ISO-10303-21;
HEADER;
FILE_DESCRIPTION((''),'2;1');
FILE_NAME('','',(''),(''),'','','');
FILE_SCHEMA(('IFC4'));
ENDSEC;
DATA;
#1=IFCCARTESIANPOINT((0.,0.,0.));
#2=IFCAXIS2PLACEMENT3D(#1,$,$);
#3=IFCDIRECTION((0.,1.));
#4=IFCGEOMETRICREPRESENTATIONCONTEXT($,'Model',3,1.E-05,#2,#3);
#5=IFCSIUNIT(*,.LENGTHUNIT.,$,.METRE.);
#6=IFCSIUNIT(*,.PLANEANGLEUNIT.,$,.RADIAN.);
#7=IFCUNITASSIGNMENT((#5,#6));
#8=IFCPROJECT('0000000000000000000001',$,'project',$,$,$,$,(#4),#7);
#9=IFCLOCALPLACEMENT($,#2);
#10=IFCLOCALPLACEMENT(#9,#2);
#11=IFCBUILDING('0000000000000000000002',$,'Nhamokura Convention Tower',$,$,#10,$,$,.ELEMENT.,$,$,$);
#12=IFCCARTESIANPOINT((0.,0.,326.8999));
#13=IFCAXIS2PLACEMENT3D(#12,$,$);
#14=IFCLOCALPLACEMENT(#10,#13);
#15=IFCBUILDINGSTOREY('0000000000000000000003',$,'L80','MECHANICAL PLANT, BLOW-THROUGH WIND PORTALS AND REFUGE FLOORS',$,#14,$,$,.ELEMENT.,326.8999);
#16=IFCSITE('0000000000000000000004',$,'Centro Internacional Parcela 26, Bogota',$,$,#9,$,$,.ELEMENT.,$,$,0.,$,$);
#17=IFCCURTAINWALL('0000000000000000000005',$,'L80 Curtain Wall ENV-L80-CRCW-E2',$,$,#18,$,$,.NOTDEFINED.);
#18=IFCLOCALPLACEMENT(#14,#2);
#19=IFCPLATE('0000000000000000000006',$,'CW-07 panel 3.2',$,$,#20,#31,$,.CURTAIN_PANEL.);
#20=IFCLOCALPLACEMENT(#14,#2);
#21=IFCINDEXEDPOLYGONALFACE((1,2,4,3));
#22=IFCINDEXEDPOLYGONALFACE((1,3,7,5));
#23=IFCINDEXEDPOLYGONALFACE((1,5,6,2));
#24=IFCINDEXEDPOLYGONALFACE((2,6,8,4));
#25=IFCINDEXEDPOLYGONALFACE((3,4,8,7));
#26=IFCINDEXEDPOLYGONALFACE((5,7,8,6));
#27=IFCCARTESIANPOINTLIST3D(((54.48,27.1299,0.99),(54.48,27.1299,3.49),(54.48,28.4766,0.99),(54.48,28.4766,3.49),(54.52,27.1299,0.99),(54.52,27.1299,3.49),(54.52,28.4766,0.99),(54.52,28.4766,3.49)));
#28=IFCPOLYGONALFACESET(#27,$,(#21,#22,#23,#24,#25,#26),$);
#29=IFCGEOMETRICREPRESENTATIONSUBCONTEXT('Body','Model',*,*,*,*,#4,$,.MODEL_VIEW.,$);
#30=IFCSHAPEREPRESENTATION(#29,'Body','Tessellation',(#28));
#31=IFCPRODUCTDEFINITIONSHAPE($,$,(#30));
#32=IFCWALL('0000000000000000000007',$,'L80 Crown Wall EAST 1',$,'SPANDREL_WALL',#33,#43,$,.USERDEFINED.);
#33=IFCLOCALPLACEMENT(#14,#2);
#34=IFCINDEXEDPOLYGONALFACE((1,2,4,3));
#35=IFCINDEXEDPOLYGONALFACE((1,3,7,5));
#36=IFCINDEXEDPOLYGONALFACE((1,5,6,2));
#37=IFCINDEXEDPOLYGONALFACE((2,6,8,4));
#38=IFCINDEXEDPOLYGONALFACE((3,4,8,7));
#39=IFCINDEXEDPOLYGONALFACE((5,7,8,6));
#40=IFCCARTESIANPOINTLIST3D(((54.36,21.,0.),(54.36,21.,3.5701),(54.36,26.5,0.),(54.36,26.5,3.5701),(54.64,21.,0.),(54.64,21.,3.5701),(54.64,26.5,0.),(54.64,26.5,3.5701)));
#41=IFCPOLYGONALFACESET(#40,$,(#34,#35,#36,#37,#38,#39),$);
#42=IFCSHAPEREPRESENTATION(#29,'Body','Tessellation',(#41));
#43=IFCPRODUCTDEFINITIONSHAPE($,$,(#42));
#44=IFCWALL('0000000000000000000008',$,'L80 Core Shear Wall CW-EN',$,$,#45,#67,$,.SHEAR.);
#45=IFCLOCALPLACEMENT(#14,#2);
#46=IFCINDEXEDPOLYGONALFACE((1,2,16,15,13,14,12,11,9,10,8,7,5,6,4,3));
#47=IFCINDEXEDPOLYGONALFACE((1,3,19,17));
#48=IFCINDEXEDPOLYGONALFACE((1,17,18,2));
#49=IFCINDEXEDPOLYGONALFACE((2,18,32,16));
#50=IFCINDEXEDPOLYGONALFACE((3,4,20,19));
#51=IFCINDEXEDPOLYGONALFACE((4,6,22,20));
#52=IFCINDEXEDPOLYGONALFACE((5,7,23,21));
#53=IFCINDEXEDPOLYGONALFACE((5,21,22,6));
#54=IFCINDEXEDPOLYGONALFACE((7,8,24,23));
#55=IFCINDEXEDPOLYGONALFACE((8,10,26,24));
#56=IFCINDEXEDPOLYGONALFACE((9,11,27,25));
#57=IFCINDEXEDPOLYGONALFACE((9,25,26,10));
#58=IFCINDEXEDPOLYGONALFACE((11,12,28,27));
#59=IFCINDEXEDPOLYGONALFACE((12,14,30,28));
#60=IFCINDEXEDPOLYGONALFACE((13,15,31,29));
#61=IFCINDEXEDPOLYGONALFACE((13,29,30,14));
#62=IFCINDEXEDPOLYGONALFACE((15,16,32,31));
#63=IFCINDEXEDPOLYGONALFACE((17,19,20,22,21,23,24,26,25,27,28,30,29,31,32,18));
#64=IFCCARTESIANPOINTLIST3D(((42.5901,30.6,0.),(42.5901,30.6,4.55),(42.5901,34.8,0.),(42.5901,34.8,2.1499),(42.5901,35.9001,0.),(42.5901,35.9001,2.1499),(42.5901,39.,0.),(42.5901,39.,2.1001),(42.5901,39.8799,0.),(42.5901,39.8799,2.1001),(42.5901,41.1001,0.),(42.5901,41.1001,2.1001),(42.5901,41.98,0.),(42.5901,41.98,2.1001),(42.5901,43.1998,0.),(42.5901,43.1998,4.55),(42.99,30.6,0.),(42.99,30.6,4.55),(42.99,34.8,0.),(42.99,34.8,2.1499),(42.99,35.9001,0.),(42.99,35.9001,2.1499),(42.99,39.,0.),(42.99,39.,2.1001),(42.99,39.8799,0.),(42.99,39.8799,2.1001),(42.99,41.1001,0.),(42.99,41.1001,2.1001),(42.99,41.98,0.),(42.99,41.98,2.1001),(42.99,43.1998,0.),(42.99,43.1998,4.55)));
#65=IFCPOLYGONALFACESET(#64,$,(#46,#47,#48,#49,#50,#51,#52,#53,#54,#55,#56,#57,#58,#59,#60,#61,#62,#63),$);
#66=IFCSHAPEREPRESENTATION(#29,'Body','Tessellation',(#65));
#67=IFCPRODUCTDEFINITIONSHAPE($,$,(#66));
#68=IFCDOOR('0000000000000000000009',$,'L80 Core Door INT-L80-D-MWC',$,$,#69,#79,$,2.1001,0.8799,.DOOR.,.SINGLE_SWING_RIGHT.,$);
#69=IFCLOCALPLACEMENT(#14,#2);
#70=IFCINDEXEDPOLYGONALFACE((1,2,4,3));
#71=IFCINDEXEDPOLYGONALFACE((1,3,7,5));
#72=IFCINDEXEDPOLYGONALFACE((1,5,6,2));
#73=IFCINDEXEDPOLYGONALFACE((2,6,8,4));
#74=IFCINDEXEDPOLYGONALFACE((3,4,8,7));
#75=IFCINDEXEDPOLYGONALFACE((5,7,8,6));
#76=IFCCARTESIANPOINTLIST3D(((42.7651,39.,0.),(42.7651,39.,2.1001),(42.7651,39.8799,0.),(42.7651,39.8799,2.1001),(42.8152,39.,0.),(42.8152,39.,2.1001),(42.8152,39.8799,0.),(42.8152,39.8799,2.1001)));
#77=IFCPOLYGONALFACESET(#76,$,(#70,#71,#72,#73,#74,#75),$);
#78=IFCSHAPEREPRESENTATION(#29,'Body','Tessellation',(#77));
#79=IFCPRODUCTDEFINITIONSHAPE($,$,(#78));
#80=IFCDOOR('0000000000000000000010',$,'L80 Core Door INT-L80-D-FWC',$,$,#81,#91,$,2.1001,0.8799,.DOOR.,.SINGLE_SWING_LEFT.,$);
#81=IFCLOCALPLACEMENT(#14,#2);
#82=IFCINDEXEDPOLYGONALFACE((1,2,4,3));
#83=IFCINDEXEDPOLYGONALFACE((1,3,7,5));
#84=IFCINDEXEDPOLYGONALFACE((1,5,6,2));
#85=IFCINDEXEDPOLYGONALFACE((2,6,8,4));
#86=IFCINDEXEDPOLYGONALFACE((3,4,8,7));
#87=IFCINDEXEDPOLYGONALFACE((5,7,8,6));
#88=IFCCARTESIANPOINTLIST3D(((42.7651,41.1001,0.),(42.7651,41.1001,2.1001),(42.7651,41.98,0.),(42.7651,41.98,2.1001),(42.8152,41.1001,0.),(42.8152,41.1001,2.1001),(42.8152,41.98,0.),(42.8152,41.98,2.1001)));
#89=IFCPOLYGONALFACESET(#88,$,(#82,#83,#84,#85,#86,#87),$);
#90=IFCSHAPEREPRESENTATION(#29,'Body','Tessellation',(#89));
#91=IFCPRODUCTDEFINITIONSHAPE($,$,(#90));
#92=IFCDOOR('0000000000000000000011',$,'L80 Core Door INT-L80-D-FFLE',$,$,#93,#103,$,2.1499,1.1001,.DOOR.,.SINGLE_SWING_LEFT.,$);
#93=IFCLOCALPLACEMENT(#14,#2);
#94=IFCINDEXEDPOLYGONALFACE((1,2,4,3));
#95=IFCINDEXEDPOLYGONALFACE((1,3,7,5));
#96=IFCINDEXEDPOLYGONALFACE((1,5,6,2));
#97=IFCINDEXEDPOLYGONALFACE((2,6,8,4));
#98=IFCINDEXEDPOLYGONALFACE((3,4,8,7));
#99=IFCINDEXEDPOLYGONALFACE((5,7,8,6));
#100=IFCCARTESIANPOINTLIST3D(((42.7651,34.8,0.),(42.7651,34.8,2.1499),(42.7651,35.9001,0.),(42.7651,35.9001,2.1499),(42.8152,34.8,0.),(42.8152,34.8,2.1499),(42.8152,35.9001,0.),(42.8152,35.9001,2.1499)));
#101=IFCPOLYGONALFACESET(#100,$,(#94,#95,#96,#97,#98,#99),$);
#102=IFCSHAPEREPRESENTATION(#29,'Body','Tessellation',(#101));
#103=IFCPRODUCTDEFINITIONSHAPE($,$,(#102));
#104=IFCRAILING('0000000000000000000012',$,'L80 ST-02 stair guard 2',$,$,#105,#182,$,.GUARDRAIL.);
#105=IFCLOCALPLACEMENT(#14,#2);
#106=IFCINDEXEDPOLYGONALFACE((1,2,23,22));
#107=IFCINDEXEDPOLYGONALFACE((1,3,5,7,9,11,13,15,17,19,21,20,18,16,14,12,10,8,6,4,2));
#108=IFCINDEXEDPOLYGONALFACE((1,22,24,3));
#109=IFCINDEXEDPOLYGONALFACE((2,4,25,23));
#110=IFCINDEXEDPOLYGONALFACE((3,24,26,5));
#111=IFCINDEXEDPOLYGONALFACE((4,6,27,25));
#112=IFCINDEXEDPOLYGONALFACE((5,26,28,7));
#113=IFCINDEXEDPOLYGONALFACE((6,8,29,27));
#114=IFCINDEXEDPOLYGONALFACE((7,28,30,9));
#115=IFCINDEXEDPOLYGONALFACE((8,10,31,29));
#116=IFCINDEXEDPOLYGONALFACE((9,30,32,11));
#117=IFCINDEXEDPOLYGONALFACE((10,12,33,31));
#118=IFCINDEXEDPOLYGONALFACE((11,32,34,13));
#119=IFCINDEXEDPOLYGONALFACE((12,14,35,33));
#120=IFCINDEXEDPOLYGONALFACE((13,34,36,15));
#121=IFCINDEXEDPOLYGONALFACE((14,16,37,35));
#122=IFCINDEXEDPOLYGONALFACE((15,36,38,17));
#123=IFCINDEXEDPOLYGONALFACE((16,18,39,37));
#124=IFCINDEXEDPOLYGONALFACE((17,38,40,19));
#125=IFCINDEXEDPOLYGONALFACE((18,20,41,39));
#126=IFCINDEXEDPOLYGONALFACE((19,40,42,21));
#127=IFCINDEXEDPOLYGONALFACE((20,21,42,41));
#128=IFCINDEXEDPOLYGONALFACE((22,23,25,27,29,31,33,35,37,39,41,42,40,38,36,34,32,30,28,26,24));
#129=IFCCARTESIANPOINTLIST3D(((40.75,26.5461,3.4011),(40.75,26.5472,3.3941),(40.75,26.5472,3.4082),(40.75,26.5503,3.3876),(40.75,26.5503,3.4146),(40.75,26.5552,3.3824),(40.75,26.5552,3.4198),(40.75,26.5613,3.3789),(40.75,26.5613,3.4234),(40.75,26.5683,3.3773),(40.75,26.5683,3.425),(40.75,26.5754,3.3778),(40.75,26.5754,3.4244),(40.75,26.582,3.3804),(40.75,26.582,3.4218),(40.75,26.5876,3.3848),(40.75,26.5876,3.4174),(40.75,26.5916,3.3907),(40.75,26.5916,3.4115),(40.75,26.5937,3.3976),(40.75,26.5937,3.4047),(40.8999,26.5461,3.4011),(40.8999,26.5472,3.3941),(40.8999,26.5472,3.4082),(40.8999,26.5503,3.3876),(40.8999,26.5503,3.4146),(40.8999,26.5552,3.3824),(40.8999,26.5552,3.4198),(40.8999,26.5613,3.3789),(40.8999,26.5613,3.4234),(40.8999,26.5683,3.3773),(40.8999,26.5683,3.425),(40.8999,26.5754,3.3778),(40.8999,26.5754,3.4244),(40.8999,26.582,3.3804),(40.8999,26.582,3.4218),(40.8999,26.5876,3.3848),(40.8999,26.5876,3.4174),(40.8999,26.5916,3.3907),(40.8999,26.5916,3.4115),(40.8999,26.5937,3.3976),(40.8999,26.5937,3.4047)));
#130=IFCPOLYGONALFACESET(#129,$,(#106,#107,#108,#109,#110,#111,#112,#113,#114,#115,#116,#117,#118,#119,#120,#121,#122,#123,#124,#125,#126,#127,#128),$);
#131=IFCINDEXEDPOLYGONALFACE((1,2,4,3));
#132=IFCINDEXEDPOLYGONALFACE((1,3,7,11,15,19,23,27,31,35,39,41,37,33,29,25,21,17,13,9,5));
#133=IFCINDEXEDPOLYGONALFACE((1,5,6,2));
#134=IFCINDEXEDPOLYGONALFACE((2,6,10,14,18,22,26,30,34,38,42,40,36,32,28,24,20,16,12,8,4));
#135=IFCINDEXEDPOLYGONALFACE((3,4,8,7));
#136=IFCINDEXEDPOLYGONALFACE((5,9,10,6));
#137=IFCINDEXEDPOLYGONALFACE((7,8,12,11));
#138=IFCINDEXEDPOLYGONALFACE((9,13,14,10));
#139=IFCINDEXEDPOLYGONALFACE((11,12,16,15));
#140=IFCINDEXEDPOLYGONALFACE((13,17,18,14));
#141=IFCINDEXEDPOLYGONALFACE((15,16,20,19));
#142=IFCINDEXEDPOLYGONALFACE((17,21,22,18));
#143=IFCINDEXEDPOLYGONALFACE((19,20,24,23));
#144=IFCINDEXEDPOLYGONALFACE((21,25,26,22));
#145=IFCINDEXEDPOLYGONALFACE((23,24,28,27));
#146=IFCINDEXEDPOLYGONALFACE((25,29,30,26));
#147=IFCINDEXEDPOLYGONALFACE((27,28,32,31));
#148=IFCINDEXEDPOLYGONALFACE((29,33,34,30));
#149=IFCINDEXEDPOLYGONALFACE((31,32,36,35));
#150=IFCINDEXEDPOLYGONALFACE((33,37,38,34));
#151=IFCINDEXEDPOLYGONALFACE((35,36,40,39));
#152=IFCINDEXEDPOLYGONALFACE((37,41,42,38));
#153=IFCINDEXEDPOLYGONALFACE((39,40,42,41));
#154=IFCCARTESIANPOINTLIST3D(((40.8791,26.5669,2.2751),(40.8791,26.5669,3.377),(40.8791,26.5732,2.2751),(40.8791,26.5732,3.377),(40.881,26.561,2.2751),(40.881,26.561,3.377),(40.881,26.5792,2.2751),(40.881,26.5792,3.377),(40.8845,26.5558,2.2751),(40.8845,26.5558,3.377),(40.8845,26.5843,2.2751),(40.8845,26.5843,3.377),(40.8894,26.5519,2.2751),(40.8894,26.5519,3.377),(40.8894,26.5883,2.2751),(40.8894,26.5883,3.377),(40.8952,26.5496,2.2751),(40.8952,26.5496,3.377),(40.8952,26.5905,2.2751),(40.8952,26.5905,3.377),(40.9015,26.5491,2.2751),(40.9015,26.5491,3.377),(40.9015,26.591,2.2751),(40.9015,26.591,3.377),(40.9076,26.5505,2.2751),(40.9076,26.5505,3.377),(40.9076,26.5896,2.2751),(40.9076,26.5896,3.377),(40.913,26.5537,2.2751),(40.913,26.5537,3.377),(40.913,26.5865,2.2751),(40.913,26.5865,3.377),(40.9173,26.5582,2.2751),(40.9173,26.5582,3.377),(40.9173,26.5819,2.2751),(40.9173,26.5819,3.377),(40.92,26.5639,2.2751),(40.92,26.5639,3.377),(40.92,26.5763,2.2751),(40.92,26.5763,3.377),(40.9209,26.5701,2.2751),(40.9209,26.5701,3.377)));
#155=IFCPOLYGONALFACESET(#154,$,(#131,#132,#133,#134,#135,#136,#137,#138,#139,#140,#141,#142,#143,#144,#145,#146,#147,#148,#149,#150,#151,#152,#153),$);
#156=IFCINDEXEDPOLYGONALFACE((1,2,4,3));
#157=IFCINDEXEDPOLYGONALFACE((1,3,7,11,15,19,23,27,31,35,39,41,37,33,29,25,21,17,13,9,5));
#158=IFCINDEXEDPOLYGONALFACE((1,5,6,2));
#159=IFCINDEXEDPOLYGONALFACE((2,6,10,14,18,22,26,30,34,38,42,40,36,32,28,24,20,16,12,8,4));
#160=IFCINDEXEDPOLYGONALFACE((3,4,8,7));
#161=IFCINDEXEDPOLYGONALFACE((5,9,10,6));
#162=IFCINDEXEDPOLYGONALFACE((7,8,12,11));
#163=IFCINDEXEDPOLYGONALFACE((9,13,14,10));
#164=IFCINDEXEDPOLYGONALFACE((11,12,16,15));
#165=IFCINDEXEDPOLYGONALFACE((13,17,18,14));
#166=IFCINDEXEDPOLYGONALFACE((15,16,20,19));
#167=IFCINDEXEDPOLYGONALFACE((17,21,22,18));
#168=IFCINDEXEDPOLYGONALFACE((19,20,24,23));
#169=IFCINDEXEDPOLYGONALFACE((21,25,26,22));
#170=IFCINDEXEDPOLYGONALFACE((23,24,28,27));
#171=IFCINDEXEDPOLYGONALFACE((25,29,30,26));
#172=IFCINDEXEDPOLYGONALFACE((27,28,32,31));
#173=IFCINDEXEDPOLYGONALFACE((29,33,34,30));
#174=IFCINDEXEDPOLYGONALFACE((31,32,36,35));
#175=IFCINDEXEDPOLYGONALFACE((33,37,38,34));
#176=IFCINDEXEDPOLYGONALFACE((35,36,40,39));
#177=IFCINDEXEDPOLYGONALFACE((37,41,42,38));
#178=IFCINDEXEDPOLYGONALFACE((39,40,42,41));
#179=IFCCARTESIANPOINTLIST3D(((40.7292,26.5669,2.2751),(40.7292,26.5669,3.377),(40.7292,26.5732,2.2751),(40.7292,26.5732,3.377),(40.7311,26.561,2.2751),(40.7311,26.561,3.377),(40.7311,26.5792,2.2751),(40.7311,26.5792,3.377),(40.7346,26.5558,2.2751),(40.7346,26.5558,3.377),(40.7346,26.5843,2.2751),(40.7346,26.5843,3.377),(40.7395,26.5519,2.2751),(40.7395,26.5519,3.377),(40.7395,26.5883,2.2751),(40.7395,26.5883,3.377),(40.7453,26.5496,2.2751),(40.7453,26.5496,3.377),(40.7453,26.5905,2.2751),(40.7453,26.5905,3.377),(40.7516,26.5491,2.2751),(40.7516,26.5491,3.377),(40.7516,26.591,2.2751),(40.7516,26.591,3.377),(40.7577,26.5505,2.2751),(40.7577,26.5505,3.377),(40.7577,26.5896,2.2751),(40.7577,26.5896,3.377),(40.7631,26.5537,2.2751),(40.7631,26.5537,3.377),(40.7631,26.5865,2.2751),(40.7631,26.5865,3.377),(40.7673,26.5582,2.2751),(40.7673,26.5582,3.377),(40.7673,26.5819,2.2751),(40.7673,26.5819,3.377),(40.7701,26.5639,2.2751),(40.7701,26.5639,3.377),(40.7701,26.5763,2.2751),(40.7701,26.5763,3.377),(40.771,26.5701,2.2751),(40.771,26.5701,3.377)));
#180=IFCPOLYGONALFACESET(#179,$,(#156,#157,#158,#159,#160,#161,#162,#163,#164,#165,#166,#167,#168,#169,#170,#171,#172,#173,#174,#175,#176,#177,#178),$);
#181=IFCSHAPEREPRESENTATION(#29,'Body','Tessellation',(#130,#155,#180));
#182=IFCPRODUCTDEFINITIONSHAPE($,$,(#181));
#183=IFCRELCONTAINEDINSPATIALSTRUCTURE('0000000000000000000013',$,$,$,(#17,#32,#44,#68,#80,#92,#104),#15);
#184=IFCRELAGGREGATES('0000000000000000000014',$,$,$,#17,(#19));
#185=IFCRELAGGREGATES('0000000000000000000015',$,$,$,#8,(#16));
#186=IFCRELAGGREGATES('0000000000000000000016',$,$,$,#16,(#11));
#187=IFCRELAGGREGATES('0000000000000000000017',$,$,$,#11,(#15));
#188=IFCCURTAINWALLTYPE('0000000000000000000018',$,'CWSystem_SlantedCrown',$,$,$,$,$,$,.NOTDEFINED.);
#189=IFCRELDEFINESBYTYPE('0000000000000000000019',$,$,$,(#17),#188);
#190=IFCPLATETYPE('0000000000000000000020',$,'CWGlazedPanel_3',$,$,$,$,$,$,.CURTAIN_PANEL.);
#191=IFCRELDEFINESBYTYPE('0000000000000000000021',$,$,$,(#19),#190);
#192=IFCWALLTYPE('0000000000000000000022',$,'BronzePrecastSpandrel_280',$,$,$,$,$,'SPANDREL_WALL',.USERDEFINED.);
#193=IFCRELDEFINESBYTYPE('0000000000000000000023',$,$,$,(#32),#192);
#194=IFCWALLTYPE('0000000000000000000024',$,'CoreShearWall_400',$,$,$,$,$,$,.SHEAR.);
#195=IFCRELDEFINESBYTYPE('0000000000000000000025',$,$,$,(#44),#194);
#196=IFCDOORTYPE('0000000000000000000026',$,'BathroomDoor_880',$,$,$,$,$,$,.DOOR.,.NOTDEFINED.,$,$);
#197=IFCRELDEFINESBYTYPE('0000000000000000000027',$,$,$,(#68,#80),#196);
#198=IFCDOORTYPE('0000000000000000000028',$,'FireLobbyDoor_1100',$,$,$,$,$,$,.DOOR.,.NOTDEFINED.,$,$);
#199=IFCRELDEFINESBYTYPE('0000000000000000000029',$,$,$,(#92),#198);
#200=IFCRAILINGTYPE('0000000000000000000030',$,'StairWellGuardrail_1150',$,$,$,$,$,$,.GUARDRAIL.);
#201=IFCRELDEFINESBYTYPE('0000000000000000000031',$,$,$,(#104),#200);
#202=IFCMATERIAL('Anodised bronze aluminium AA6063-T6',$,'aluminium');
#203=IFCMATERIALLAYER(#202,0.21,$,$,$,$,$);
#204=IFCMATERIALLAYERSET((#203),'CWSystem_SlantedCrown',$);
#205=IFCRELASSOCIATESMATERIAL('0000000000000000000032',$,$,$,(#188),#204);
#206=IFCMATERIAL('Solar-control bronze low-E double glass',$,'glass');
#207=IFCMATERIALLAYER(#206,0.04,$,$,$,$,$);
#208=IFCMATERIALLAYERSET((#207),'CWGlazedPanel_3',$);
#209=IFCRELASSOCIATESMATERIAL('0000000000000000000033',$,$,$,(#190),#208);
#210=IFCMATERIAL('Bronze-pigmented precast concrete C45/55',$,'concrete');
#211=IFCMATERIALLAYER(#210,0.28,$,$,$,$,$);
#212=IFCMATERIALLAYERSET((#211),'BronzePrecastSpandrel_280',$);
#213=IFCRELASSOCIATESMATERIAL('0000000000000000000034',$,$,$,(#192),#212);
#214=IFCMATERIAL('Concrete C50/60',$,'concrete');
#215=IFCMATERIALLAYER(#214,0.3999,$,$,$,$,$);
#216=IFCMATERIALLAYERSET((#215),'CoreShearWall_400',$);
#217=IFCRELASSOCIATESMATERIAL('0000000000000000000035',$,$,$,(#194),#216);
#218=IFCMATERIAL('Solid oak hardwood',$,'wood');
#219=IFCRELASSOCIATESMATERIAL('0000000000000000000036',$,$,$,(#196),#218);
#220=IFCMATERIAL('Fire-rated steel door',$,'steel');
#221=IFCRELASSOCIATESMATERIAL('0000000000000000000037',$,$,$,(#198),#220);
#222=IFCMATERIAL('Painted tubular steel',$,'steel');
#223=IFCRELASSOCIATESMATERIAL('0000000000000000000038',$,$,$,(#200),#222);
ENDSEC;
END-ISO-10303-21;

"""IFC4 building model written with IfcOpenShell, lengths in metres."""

from ifc_helpers import new_model, si_unit, direction, frame, frame_2d, origin, origin_2d, place, context, subcontext, project, spatial, rectangle, circle, extrude, material, layer, layer_set, type_object, element, fill, aggregate, save


model = new_model("IFC4")

# Units and contexts
model_context = context("Model", 3, precision=1e-05, world=origin(), true_north=direction((0.0, 1.0)))
body_context = subcontext(model_context, "Body", "Model", "MODEL_VIEW")
ifc_project = project(units=[si_unit("LENGTHUNIT", "METRE"), si_unit("PLANEANGLEUNIT", "RADIAN")], contexts=[model_context])

# Site, building, storey
site_placement = place(None, origin())
site = spatial("IfcSite", under=ifc_project, at=site_placement, Name="Centro Internacional Parcela 26, Bogota", CompositionType="ELEMENT", RefElevation=0.0)
building_placement = place(site_placement, origin())
building = spatial("IfcBuilding", under=site, at=building_placement, Name="Nhamokura Convention Tower", CompositionType="ELEMENT")
storey_placement = place(building_placement, frame((0.0, 0.0, 326.8999)))
storey = spatial("IfcBuildingStorey", under=building, at=storey_placement, Name="L80", Description="MECHANICAL PLANT, BLOW-THROUGH WIND PORTALS AND REFUGE FLOORS", CompositionType="ELEMENT", Elevation=326.8999)

# Curtain wall, plate
ifc_material_1 = material(Name="Anodised bronze aluminium AA6063-T6", Category="aluminium")
ifc_layer_1 = layer(ifc_material_1, 0.21)
ifc_layer_set_1 = layer_set([ifc_layer_1], Name="CWSystem_SlantedCrown")
curtain_wall_type = type_object("IfcCurtainWallType", Name="CWSystem_SlantedCrown", PredefinedType="NOTDEFINED", material=ifc_layer_set_1)
curtain_wall_placement = place(storey_placement, origin())
curtain_wall = element("IfcCurtainWall", 1, at=curtain_wall_placement, inside=storey, type_object=curtain_wall_type, Name="L80 Curtain Wall ENV-L80-CRCW-E2", PredefinedType="NOTDEFINED")
ifc_material_2 = material(Name="Solar-control bronze low-E double glass", Category="glass")
ifc_layer_2 = layer(ifc_material_2, 0.04)
ifc_layer_set_2 = layer_set([ifc_layer_2], Name="CWGlazedPanel_3")
plate_type = type_object("IfcPlateType", Name="CWGlazedPanel_3", PredefinedType="CURTAIN_PANEL", material=ifc_layer_set_2)
plate_1_placement = place(storey_placement, frame((54.5, 27.8032, 0.99), z_axis=(0.0, 0.0, 1.0), x_axis=(0.0, -1.0, 0.0)))
plate_1 = element("IfcPlate", 2, at=plate_1_placement, type_object=plate_type, Name="CW-07 panel 3.2", PredefinedType="CURTAIN_PANEL", context=body_context, shape_type="SweptSolid", body=[
    extrude(rectangle(XDim=1.3467, YDim=0.04, at=origin_2d()), origin(), (0.0, 0.0, 1.0), 2.5),
])
aggregate(curtain_wall, [plate_1])

# Wall
ifc_material_3 = material(Name="Bronze-pigmented precast concrete C45/55", Category="concrete")
ifc_layer_3 = layer(ifc_material_3, 0.28)
ifc_layer_set_3 = layer_set([ifc_layer_3], Name="BronzePrecastSpandrel_280")
wall_type_1 = type_object("IfcWallType", Name="BronzePrecastSpandrel_280", ElementType="SPANDREL_WALL", PredefinedType="USERDEFINED", material=ifc_layer_set_3)
wall_1_placement = place(storey_placement, frame((54.5, 26.5, 0.0), z_axis=(0.0, 0.0, 1.0), x_axis=(0.0, -1.0, 0.0)))
element("IfcWall", 3, at=wall_1_placement, inside=storey, type_object=wall_type_1, Name="L80 Crown Wall EAST 1", ObjectType="SPANDREL_WALL", PredefinedType="USERDEFINED", context=body_context, shape_type="SweptSolid", body=[
    extrude(rectangle(XDim=5.5, YDim=0.28, at=frame_2d((2.75, 0.0))), origin(), (0.0, 0.0, 1.0), 3.5701),
])

# Wall, openings, doors
ifc_material_4 = material(Name="Concrete C50/60", Category="concrete")
ifc_layer_4 = layer(ifc_material_4, 0.3999)
ifc_layer_set_4 = layer_set([ifc_layer_4], Name="CoreShearWall_400")
wall_type_2 = type_object("IfcWallType", Name="CoreShearWall_400", PredefinedType="SHEAR", material=ifc_layer_set_4)
wall_2_placement = place(storey_placement, frame((42.79, 30.6001, 0.0), z_axis=(0.0, 0.0, 1.0), x_axis=(0.0, 1.0, 0.0)))
wall_2 = element("IfcWall", 4, at=wall_2_placement, inside=storey, type_object=wall_type_2, Name="L80 Core Shear Wall CW-EN", PredefinedType="SHEAR", context=body_context, shape_type="SweptSolid", body=[
    extrude(rectangle(XDim=12.5999, YDim=0.3999, at=frame_2d((6.2998, 0.0))), origin(), (0.0, 0.0, 1.0), 4.55),
])
opening_1_placement = place(wall_2_placement, frame((4.2, 0.0, 0.0)))
opening_1 = element("IfcOpeningElement", 5, at=opening_1_placement, cuts=wall_2, PredefinedType="OPENING", context=body_context, shape_type="SweptSolid", body=[
    extrude(rectangle(XDim=1.1001, YDim=2.1499, at=frame_2d((0.55, 1.075))), frame((0.0, 0.21, 0.0), z_axis=(0.0, -1.0, 0.0), x_axis=(1.0, 0.0, 0.0)), (0.0, 0.0, 1.0), 0.4199),
])
opening_2_placement = place(wall_2_placement, frame((8.3999, 0.0, 0.0)))
opening_2 = element("IfcOpeningElement", 6, at=opening_2_placement, cuts=wall_2, PredefinedType="OPENING", context=body_context, shape_type="SweptSolid", body=[
    extrude(rectangle(XDim=0.8799, YDim=2.1001, at=frame_2d((0.4399, 1.05))), frame((0.0, 0.21, 0.0), z_axis=(0.0, -1.0, 0.0), x_axis=(1.0, 0.0, 0.0)), (0.0, 0.0, 1.0), 0.4199),
])
opening_3_placement = place(wall_2_placement, frame((10.5, 0.0, 0.0)))
opening_3 = element("IfcOpeningElement", 7, at=opening_3_placement, cuts=wall_2, PredefinedType="OPENING", context=body_context, shape_type="SweptSolid", body=[
    extrude(rectangle(XDim=0.8799, YDim=2.1001, at=frame_2d((0.4399, 1.05))), frame((0.0, 0.21, 0.0), z_axis=(0.0, -1.0, 0.0), x_axis=(1.0, 0.0, 0.0)), (0.0, 0.0, 1.0), 0.4199),
])
ifc_material_5 = material(Name="Solid oak hardwood", Category="wood")
door_type_1 = type_object("IfcDoorType", Name="BathroomDoor_880", OperationType="NOTDEFINED", PredefinedType="DOOR", material=ifc_material_5)
door_1_placement = place(opening_2_placement, origin())
door_1 = element("IfcDoor", 8, at=door_1_placement, inside=storey, type_object=door_type_1, Name="L80 Core Door INT-L80-D-MWC", OperationType="SINGLE_SWING_RIGHT", OverallHeight=2.1001, OverallWidth=0.8799, PredefinedType="DOOR", context=body_context, shape_type="SweptSolid", body=[
    extrude(rectangle(XDim=0.8799, YDim=2.1001, at=frame_2d((0.4399, 1.05))), frame((0.0, 0.0249, 0.0), z_axis=(0.0, -1.0, 0.0), x_axis=(1.0, 0.0, 0.0)), (0.0, 0.0, 1.0), 0.05),
])
fill(opening_2, door_1)
door_2_placement = place(opening_3_placement, origin())
door_2 = element("IfcDoor", 9, at=door_2_placement, inside=storey, type_object=door_type_1, Name="L80 Core Door INT-L80-D-FWC", OperationType="SINGLE_SWING_LEFT", OverallHeight=2.1001, OverallWidth=0.8799, PredefinedType="DOOR", context=body_context, shape_type="SweptSolid", body=[
    extrude(rectangle(XDim=0.8799, YDim=2.1001, at=frame_2d((0.4399, 1.05))), frame((0.0, 0.0249, 0.0), z_axis=(0.0, -1.0, 0.0), x_axis=(1.0, 0.0, 0.0)), (0.0, 0.0, 1.0), 0.05),
])
fill(opening_3, door_2)
ifc_material_6 = material(Name="Fire-rated steel door", Category="steel")
door_type_2 = type_object("IfcDoorType", Name="FireLobbyDoor_1100", OperationType="NOTDEFINED", PredefinedType="DOOR", material=ifc_material_6)
door_3_placement = place(opening_1_placement, origin())
door_3 = element("IfcDoor", 10, at=door_3_placement, inside=storey, type_object=door_type_2, Name="L80 Core Door INT-L80-D-FFLE", OperationType="SINGLE_SWING_LEFT", OverallHeight=2.1499, OverallWidth=1.1001, PredefinedType="DOOR", context=body_context, shape_type="SweptSolid", body=[
    extrude(rectangle(XDim=1.1001, YDim=2.1499, at=frame_2d((0.55, 1.075))), frame((0.0, 0.0249, 0.0), z_axis=(0.0, -1.0, 0.0), x_axis=(1.0, 0.0, 0.0)), (0.0, 0.0, 1.0), 0.05),
])
fill(opening_1, door_3)

# Railing
ifc_material_7 = material(Name="Painted tubular steel", Category="steel")
railing_type = type_object("IfcRailingType", Name="StairWellGuardrail_1150", PredefinedType="GUARDRAIL", material=ifc_material_7)
railing_placement = place(storey_placement, frame((40.8999, 26.5701, 2.2751)))
element("IfcRailing", 11, at=railing_placement, inside=storey, type_object=railing_type, Name="L80 ST-02 stair guard 2", PredefinedType="GUARDRAIL", context=body_context, shape_type="SweptSolid", body=[
    extrude(circle(Radius=0.0239, at=origin_2d()), frame((0.0, 0.0, 1.126), z_axis=(-1.0, 0.0, 0.0), x_axis=(0.0, -1.0, 0.0)), (0.0, 0.0, 1.0), 0.1499),
    extrude(circle(Radius=0.021, at=origin_2d()), origin(), (0.0, 0.0, 1.0), 1.1018),
    extrude(circle(Radius=0.021, at=origin_2d()), frame((-0.1499, 0.0, 0.0)), (0.0, 0.0, 1.0), 1.1018),
])

save(model, "model.ifc")
